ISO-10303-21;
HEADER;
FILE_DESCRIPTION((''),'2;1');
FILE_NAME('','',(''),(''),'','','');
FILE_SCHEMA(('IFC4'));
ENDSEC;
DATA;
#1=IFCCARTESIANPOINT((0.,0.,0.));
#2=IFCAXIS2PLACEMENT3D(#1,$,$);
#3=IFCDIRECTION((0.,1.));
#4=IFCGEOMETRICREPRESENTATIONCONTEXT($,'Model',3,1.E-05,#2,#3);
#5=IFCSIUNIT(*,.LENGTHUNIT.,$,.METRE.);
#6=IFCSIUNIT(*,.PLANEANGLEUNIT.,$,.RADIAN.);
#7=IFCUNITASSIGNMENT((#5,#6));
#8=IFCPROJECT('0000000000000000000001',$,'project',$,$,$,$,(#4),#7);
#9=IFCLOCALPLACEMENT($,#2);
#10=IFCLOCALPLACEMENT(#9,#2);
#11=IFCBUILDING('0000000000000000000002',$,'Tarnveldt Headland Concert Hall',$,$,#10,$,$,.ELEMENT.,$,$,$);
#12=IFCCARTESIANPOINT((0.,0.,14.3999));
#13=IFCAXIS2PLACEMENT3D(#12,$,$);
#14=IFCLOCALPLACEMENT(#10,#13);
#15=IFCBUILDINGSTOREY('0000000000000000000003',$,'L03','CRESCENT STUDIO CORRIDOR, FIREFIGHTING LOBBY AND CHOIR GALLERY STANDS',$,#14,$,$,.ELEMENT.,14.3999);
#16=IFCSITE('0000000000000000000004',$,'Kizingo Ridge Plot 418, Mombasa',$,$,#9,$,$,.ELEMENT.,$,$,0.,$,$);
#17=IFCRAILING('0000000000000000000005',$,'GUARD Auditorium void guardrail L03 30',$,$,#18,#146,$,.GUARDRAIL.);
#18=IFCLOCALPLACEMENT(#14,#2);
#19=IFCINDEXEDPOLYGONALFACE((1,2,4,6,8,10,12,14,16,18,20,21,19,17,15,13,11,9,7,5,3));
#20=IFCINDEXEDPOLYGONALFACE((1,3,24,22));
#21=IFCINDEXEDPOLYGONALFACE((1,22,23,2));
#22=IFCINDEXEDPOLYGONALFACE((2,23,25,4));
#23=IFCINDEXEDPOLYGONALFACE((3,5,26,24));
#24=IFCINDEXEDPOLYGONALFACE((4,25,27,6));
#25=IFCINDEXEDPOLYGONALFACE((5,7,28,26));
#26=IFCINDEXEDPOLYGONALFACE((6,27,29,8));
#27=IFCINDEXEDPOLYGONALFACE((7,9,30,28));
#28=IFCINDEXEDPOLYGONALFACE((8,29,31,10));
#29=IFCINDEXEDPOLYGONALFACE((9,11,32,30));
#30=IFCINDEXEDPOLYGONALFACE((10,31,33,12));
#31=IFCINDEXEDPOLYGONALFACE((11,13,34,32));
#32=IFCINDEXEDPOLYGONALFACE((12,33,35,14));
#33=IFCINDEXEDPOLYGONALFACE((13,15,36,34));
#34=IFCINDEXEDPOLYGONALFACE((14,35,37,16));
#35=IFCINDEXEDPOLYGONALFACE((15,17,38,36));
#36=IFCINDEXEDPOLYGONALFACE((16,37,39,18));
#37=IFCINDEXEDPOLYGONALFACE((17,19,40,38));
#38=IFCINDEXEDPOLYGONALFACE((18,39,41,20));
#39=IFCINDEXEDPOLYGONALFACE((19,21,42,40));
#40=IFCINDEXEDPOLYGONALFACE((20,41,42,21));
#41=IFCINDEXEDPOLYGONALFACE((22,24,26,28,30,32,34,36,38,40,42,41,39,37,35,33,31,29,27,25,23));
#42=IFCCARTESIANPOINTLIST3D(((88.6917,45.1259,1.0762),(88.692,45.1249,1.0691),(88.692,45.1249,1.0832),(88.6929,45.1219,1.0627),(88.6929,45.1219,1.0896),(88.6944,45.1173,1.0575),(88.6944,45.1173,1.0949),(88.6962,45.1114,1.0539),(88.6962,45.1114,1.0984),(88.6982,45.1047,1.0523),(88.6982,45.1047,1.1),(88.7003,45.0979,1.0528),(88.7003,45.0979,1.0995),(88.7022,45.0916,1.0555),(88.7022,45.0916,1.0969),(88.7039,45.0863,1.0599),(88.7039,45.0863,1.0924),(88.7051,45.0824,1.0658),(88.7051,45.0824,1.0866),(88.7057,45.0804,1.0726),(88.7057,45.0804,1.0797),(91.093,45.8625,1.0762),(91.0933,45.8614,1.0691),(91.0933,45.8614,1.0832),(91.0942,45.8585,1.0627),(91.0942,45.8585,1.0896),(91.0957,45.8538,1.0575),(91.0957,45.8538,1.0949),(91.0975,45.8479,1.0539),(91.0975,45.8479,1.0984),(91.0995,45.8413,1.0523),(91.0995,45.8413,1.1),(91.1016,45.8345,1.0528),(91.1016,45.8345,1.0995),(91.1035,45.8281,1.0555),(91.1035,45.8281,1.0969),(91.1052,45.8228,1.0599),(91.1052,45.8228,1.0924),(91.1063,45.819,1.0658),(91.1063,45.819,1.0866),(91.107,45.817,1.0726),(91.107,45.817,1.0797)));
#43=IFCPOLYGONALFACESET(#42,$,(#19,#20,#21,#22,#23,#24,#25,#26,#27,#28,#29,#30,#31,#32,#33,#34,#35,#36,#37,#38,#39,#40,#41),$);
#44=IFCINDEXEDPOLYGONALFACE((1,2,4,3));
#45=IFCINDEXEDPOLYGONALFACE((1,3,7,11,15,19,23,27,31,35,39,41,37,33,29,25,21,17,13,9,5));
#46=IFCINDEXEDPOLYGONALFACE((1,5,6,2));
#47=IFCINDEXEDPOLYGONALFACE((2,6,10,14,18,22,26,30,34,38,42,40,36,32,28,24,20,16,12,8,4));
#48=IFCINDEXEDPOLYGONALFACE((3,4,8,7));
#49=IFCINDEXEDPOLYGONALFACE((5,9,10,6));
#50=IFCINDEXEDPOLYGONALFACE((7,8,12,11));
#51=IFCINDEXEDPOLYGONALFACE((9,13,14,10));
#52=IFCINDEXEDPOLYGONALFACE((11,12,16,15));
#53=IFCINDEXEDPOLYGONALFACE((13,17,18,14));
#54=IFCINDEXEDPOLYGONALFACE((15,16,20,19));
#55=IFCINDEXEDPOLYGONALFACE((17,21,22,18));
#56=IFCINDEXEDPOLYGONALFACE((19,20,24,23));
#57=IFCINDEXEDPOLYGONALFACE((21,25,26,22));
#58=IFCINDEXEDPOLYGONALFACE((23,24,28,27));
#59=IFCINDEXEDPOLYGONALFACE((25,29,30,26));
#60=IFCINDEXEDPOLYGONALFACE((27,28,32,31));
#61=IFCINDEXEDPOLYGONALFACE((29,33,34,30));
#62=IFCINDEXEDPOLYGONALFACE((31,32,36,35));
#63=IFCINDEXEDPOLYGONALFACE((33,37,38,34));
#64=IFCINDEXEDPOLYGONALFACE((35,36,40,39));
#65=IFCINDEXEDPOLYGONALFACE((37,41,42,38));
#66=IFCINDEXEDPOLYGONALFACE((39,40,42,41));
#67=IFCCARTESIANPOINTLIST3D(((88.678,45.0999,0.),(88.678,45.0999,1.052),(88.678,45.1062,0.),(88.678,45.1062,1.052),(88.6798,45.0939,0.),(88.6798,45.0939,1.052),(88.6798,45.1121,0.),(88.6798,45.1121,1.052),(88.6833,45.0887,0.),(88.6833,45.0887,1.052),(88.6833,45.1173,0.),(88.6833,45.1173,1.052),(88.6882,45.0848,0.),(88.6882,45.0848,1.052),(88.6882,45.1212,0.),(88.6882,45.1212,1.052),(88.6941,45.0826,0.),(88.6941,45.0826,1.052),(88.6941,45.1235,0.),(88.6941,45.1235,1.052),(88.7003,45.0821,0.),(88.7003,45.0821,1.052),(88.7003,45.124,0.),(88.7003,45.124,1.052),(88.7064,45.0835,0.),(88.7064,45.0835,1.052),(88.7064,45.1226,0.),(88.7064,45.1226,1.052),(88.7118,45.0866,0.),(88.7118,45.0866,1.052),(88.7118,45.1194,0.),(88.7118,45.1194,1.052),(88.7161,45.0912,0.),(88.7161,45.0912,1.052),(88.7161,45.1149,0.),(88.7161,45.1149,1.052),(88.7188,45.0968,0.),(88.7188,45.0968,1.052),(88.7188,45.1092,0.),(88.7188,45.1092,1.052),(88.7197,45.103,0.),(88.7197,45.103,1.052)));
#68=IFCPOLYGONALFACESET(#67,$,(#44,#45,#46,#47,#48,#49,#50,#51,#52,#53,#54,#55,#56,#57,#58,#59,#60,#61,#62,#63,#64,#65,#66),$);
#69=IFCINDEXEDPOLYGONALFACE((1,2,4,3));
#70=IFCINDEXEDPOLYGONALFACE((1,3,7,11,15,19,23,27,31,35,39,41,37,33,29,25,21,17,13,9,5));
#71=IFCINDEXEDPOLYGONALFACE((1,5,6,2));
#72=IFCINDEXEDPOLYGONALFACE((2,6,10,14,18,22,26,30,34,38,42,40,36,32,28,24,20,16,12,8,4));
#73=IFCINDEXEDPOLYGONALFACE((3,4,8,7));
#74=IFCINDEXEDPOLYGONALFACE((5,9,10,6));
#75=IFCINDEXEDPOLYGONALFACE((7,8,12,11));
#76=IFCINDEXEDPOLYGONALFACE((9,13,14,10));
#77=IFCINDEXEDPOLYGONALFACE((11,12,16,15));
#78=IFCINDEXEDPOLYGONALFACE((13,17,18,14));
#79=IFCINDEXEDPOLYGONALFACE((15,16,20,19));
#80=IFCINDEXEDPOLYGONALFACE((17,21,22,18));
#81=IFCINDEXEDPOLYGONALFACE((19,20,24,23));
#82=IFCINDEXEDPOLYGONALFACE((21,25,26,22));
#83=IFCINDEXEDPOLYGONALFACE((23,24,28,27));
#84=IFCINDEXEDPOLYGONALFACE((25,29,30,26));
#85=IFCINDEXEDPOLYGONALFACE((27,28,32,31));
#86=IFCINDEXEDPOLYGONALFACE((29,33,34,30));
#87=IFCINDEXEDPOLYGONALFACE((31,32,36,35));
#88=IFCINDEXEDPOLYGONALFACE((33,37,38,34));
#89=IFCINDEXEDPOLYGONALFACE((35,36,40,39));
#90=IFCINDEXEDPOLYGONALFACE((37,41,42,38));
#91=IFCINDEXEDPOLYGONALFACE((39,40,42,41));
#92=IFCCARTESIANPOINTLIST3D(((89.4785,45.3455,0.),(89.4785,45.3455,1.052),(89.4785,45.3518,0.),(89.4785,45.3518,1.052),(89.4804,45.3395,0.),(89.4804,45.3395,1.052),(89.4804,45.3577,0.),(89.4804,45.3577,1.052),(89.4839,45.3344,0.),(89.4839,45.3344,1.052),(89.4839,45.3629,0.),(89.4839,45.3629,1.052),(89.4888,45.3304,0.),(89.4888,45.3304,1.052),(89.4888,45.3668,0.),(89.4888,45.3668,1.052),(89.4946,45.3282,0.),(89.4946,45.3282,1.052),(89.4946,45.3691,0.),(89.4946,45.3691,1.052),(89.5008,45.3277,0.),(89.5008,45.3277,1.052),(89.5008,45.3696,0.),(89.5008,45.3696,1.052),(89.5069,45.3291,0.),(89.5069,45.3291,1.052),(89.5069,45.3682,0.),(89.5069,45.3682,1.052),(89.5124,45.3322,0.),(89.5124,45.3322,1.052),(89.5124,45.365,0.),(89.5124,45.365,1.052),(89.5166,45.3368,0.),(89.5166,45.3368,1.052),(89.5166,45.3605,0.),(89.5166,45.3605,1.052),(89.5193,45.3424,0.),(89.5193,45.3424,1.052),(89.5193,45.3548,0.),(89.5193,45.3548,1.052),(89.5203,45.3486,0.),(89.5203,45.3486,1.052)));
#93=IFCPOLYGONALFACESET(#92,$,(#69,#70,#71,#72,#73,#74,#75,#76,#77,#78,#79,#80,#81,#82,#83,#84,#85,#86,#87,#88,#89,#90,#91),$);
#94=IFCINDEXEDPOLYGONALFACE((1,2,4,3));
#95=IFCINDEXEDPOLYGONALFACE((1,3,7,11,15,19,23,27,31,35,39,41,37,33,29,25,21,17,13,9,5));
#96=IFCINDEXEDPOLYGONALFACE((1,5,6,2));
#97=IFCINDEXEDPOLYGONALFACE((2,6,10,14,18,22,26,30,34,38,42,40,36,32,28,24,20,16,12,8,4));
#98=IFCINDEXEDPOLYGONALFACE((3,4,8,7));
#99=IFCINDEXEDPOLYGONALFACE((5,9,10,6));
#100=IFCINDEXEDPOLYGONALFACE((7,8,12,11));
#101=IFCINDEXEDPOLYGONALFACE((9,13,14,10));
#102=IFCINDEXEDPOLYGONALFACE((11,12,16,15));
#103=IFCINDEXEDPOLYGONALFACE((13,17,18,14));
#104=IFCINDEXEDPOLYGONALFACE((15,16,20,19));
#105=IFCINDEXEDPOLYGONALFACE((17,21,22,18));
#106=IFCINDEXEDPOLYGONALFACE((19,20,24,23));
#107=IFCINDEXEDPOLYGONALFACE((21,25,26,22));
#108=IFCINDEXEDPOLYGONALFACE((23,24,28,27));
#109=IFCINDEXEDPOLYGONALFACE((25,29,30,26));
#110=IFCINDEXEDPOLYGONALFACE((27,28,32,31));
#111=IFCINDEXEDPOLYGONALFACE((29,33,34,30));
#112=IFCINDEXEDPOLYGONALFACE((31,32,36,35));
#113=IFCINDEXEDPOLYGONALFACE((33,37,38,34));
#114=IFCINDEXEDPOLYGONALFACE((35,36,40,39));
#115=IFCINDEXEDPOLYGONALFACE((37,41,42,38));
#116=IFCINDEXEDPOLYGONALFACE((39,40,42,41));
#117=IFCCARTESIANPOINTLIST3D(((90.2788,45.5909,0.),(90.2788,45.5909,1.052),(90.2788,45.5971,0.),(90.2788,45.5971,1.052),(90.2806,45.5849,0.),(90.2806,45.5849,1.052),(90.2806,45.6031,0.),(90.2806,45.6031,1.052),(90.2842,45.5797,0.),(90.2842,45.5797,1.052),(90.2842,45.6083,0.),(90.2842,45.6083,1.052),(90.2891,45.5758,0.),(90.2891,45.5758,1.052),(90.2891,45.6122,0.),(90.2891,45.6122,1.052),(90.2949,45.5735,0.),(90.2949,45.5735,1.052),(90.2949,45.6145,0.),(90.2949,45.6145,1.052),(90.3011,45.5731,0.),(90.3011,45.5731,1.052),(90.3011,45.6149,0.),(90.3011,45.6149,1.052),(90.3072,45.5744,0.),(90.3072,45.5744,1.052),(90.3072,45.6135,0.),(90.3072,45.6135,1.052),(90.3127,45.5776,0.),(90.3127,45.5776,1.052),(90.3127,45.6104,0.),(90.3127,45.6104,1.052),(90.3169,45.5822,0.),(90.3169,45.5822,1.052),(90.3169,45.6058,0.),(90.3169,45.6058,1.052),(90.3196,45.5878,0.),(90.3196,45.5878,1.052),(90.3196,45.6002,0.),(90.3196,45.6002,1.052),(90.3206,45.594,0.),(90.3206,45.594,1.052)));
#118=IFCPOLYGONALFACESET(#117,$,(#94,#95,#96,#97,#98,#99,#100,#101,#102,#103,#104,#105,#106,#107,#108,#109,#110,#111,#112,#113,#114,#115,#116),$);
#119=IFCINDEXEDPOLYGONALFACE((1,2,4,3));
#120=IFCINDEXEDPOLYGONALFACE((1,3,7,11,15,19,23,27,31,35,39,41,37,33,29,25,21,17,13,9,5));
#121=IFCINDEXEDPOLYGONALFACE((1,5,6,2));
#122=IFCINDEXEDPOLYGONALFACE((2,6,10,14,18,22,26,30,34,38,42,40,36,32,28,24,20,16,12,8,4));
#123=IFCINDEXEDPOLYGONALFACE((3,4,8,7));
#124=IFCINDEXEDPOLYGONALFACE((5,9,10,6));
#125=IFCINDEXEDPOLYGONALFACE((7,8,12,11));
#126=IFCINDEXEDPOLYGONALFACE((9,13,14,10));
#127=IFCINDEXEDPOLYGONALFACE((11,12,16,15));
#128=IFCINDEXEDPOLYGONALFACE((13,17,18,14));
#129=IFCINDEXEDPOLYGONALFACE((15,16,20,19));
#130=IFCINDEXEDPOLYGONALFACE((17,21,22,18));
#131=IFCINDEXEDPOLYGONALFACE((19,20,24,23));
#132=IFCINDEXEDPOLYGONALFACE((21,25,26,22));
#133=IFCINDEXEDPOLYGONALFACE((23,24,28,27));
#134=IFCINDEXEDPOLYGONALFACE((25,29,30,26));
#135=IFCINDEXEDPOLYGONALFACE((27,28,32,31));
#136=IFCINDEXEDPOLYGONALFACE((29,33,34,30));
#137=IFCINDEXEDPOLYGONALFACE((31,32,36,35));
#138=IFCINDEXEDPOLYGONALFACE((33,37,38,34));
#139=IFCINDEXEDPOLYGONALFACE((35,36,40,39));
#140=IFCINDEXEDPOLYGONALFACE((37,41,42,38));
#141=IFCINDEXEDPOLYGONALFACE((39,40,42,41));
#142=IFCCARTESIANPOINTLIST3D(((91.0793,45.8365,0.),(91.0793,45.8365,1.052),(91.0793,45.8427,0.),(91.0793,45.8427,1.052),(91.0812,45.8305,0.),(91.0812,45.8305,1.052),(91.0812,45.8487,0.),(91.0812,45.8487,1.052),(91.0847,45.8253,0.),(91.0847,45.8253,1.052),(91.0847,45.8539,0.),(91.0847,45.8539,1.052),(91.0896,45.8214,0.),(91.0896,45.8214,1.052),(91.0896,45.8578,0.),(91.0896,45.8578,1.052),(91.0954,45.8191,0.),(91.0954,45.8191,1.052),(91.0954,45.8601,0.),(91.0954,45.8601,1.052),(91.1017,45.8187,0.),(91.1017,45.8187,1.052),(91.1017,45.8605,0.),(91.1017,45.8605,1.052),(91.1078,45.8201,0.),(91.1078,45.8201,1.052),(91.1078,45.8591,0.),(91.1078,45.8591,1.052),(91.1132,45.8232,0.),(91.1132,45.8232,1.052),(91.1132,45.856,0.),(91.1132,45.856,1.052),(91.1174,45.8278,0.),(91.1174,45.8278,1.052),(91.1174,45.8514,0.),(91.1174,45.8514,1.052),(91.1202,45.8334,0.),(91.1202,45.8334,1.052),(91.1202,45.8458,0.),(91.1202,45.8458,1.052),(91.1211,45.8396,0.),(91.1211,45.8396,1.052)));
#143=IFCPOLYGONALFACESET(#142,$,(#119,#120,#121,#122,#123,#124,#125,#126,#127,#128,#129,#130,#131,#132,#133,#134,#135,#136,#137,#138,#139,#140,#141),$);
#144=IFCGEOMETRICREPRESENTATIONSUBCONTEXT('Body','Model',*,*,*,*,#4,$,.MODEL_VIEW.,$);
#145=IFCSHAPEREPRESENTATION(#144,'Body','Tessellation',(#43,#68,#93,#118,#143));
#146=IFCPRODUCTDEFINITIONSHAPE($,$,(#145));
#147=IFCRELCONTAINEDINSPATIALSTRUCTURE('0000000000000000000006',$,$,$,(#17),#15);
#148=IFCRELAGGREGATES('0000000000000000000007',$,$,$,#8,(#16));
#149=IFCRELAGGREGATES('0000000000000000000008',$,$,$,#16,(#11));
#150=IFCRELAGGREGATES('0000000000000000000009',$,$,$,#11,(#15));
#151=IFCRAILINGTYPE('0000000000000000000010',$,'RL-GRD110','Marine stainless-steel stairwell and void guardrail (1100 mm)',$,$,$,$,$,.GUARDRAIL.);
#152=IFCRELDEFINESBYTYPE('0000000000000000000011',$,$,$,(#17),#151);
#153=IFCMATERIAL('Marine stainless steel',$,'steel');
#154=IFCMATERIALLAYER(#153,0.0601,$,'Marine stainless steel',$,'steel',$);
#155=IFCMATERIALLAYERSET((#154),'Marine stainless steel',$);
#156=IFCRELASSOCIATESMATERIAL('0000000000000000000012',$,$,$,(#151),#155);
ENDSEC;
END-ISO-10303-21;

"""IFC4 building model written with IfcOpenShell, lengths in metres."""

from ifc_helpers import new_model, si_unit, direction, frame, origin, origin_2d, place, context, subcontext, project, spatial, circle, extrude, material, layer, layer_set, type_object, element, save


model = new_model("IFC4")

# Units and contexts
model_context = context("Model", 3, precision=1e-05, world=origin(), true_north=direction((0.0, 1.0)))
body_context = subcontext(model_context, "Body", "Model", "MODEL_VIEW")
ifc_project = project(units=[si_unit("LENGTHUNIT", "METRE"), si_unit("PLANEANGLEUNIT", "RADIAN")], contexts=[model_context])

# Site, building, storey
site_placement = place(None, origin())
site = spatial("IfcSite", under=ifc_project, at=site_placement, Name="Kizingo Ridge Plot 418, Mombasa", CompositionType="ELEMENT", RefElevation=0.0)
building_placement = place(site_placement, origin())
building = spatial("IfcBuilding", under=site, at=building_placement, Name="Tarnveldt Headland Concert Hall", CompositionType="ELEMENT")
storey_placement = place(building_placement, frame((0.0, 0.0, 14.3999)))
storey = spatial("IfcBuildingStorey", under=building, at=storey_placement, Name="L03", Description="CRESCENT STUDIO CORRIDOR, FIREFIGHTING LOBBY AND CHOIR GALLERY STANDS", CompositionType="ELEMENT", Elevation=14.3999)

# Railing
ifc_material_1 = material(Name="Marine stainless steel", Category="steel")
ifc_layer_1 = layer(ifc_material_1, 0.0601, Name="Marine stainless steel", Category="steel")
ifc_layer_set_1 = layer_set([ifc_layer_1], Name="Marine stainless steel")
railing_type_1 = type_object("IfcRailingType", Name="RL-GRD110", Description="Marine stainless-steel stairwell and void guardrail (1100 mm)", PredefinedType="GUARDRAIL", material=ifc_layer_set_1)
railing_1_placement = place(storey_placement, frame((88.6987, 45.103, 0.0)))
element("IfcRailing", 1, at=railing_1_placement, inside=storey, type_object=railing_type_1, Name="GUARD Auditorium void guardrail L03 30", PredefinedType="GUARDRAIL", context=body_context, shape_type="SweptSolid", body=[
    extrude(circle(Radius=0.0239, at=origin_2d()), frame((0.0, 0.0, 1.0762), z_axis=(0.956037, 0.293246, 0.0), x_axis=(-0.293246, 0.956037, 0.0)), (0.0, 0.0, 1.0), 2.5117),
    extrude(circle(Radius=0.021, at=origin_2d()), origin(), (0.0, 0.0, 1.0), 1.052),
    extrude(circle(Radius=0.021, at=origin_2d()), frame((0.8005, 0.2456, 0.0)), (0.0, 0.0, 1.0), 1.052),
    extrude(circle(Radius=0.021, at=origin_2d()), frame((1.6008, 0.491, 0.0)), (0.0, 0.0, 1.0), 1.052),
    extrude(circle(Radius=0.021, at=origin_2d()), frame((2.4014, 0.7366, 0.0)), (0.0, 0.0, 1.0), 1.052),
])

save(model, "model.ifc")
